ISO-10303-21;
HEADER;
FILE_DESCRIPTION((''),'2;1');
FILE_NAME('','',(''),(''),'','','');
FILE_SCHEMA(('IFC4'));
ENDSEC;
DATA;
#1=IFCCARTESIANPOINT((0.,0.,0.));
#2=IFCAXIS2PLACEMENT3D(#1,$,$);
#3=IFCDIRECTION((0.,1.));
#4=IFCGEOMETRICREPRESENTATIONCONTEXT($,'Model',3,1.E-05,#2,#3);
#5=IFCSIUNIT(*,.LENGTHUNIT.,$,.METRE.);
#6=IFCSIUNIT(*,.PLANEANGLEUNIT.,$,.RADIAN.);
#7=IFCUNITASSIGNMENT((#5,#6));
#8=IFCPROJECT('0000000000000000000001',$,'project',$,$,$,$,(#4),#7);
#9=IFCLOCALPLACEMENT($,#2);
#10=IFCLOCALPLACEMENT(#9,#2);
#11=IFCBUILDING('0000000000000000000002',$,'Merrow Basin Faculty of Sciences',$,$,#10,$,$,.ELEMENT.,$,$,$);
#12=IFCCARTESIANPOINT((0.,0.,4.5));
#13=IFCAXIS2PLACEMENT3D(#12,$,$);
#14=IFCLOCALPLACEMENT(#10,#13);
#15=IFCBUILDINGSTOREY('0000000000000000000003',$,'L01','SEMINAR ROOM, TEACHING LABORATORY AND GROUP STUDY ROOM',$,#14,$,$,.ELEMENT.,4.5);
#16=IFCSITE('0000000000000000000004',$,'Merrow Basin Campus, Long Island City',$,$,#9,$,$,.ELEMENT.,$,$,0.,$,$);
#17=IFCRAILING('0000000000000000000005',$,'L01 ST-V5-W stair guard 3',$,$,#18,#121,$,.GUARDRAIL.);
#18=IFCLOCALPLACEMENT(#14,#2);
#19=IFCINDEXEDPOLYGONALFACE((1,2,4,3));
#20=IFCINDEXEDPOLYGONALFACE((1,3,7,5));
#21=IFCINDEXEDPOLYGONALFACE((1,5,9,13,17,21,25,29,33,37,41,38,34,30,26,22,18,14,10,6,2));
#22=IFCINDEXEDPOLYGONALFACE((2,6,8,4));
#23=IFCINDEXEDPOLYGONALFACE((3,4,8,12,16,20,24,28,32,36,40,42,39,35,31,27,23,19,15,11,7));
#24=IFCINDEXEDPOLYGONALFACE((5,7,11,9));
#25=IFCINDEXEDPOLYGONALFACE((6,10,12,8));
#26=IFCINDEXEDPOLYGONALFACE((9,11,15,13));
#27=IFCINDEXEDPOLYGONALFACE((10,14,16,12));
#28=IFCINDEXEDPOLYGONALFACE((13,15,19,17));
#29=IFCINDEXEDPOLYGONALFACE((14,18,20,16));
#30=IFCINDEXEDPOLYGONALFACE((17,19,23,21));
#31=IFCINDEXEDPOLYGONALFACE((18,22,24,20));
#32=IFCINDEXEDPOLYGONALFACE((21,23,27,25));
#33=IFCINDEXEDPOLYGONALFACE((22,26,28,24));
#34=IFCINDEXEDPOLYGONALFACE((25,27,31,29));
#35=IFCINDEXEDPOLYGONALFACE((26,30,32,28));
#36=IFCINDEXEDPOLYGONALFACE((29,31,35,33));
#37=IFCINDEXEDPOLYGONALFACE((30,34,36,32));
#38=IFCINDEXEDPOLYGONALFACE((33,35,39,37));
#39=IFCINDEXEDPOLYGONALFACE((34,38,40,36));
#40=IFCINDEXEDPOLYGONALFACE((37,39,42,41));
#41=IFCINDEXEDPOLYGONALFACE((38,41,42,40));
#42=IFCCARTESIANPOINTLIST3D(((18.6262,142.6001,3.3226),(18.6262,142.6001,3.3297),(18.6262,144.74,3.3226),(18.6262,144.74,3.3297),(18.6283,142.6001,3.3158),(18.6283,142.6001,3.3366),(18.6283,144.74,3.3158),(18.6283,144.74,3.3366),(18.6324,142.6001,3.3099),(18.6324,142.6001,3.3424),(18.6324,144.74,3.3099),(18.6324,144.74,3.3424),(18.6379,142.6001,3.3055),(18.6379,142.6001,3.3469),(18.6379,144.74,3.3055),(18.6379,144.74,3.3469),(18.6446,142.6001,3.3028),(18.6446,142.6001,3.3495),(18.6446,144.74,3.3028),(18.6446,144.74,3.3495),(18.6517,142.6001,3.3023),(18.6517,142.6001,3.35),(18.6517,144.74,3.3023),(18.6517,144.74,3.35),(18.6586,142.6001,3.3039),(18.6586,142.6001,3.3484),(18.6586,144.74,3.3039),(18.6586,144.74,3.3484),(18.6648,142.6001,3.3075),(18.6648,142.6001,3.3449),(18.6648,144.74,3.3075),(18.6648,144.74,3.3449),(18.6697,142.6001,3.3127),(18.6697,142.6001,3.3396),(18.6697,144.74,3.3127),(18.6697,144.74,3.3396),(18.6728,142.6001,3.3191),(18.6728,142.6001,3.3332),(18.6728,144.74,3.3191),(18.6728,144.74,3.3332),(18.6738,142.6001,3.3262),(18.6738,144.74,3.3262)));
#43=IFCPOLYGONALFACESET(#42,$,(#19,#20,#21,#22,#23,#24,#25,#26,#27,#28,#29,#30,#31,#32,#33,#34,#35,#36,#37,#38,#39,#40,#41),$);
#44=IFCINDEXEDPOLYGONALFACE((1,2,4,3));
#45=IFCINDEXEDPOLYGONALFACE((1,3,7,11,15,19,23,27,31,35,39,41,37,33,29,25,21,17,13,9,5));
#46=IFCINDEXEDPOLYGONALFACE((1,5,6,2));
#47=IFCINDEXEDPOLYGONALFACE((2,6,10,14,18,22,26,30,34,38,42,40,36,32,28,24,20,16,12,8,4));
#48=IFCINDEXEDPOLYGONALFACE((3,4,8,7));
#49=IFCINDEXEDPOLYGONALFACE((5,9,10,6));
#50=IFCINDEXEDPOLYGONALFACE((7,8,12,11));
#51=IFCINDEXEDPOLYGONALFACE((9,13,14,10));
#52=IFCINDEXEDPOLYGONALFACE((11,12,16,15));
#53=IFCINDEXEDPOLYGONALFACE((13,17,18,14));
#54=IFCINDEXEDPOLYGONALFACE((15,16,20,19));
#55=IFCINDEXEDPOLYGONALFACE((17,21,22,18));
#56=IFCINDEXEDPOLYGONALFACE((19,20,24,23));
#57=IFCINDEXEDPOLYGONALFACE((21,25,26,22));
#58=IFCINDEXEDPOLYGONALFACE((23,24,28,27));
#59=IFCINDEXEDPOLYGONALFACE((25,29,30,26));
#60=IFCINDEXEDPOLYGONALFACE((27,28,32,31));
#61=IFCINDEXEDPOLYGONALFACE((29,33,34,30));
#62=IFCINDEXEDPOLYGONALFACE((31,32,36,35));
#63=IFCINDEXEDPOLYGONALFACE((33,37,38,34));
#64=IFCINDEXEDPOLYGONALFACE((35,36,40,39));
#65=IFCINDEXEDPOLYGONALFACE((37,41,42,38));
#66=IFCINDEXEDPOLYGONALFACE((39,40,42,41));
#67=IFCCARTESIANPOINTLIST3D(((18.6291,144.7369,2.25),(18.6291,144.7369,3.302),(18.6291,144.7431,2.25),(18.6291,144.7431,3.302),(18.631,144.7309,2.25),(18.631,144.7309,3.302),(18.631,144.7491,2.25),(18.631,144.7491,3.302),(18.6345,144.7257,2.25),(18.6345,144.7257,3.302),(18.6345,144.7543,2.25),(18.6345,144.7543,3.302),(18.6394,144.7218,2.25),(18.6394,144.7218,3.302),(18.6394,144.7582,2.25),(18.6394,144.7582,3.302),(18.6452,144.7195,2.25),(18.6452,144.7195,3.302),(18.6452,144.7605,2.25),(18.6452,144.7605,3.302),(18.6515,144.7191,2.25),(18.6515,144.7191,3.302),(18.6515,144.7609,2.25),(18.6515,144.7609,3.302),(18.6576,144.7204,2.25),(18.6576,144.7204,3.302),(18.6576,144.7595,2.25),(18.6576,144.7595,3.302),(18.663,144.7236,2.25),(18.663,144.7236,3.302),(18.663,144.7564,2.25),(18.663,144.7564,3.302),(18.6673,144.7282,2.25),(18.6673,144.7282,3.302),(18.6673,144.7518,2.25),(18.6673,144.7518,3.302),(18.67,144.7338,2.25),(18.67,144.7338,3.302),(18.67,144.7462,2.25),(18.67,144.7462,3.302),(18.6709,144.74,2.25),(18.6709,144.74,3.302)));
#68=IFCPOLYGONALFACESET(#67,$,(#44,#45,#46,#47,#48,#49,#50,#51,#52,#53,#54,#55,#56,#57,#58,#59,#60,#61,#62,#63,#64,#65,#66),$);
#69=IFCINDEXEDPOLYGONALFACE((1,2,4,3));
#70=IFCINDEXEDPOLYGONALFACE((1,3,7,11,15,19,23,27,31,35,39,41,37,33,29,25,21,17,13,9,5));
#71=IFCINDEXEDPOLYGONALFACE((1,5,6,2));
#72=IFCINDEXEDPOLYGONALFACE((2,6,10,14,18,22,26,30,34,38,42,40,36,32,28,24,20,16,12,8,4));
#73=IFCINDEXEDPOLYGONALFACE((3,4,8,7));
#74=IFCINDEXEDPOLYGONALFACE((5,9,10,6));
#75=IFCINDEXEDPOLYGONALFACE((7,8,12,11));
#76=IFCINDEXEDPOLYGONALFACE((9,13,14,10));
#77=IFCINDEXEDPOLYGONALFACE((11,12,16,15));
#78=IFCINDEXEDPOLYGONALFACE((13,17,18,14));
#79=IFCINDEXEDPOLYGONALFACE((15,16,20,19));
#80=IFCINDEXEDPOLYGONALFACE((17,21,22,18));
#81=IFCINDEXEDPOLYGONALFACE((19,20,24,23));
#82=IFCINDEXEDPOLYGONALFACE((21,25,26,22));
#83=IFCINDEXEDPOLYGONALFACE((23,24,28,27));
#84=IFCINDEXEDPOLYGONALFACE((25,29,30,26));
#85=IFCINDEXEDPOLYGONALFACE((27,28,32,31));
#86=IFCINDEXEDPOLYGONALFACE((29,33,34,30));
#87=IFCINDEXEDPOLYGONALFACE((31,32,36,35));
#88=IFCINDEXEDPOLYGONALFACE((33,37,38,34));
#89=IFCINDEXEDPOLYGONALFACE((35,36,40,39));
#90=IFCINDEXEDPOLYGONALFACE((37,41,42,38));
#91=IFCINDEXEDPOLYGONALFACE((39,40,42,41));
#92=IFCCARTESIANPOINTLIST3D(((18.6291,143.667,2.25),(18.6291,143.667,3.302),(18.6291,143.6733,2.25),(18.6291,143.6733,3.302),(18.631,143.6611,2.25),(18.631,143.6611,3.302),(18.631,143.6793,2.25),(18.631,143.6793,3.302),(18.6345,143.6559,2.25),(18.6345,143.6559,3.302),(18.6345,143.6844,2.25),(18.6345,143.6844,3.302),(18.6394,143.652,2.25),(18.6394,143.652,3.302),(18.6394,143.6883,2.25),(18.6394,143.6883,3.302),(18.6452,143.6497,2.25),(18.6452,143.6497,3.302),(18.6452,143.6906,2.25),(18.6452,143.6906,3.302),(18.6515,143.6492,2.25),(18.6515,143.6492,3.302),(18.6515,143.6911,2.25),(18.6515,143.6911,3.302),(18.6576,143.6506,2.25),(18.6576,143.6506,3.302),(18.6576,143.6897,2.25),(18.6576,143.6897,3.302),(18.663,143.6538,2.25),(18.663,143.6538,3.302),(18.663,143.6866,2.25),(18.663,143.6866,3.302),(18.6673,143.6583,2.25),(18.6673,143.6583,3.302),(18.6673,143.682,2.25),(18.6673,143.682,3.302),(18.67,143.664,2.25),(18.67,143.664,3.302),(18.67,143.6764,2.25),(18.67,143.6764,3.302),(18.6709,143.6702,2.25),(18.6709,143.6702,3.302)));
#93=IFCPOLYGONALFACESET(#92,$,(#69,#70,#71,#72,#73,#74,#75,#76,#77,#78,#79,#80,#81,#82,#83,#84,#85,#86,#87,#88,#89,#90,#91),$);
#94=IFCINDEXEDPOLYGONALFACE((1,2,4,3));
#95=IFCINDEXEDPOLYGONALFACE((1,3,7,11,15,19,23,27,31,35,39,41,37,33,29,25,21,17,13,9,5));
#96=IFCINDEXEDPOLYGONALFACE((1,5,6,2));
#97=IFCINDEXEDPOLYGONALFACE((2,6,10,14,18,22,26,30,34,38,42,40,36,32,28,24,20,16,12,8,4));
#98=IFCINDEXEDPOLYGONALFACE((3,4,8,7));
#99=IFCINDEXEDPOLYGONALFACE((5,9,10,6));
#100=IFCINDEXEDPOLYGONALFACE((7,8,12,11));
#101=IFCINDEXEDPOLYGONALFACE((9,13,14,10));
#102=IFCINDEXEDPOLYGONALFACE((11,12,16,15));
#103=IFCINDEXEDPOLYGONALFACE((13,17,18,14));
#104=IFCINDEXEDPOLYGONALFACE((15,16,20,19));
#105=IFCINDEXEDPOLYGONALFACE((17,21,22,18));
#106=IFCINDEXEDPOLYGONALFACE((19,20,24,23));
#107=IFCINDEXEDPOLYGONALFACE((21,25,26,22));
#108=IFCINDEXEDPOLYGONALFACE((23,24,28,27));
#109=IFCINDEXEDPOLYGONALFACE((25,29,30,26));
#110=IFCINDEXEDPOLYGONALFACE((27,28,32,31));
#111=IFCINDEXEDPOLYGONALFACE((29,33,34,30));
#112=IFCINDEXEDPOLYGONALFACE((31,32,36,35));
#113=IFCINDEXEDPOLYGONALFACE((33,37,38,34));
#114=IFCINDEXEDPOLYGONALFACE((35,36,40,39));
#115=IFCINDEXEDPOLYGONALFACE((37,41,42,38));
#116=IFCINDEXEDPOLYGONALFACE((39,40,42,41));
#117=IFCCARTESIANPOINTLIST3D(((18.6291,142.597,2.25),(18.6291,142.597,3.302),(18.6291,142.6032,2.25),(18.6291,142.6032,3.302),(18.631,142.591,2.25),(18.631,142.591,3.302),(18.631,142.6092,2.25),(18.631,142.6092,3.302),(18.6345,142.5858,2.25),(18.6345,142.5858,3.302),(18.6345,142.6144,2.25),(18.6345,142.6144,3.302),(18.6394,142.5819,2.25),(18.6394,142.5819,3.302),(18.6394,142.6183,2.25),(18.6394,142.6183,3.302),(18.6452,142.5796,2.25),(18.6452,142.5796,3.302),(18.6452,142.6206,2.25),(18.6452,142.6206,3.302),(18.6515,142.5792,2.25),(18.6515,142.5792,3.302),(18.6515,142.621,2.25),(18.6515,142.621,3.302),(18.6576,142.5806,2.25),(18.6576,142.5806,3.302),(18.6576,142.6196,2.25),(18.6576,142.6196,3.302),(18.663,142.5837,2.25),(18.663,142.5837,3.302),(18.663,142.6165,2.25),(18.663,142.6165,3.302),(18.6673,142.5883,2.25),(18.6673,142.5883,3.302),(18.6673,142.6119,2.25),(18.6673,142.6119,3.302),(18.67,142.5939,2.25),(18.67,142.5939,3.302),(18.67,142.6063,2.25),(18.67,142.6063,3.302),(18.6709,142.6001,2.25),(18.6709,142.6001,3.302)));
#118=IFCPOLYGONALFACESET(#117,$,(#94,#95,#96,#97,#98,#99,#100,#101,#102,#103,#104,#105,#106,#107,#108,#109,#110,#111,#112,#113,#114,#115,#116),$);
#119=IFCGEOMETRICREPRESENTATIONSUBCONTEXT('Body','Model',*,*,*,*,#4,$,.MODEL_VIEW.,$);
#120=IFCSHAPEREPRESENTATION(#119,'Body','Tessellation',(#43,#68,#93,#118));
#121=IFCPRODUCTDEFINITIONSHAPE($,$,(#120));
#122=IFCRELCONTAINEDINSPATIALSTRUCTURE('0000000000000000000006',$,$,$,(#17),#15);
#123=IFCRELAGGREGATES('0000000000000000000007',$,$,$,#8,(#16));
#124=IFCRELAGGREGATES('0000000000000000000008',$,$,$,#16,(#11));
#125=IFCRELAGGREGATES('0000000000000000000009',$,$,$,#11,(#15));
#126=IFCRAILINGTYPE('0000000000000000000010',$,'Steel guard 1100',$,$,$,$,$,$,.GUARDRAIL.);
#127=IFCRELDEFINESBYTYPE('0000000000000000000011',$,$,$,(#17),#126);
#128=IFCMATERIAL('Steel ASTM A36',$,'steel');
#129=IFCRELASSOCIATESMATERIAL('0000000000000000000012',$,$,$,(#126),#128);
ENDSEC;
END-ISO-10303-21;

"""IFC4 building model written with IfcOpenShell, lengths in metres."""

from ifc_helpers import new_model, si_unit, direction, frame, origin, origin_2d, place, context, subcontext, project, spatial, circle, extrude, material, type_object, element, save


model = new_model("IFC4")

# Units and contexts
model_context = context("Model", 3, precision=1e-05, world=origin(), true_north=direction((0.0, 1.0)))
body_context = subcontext(model_context, "Body", "Model", "MODEL_VIEW")
ifc_project = project(units=[si_unit("LENGTHUNIT", "METRE"), si_unit("PLANEANGLEUNIT", "RADIAN")], contexts=[model_context])

# Site, building, storey
site_placement = place(None, origin())
site = spatial("IfcSite", under=ifc_project, at=site_placement, Name="Merrow Basin Campus, Long Island City", CompositionType="ELEMENT", RefElevation=0.0)
building_placement = place(site_placement, origin())
building = spatial("IfcBuilding", under=site, at=building_placement, Name="Merrow Basin Faculty of Sciences", CompositionType="ELEMENT")
storey_placement = place(building_placement, frame((0.0, 0.0, 4.5)))
storey = spatial("IfcBuildingStorey", under=building, at=storey_placement, Name="L01", Description="SEMINAR ROOM, TEACHING LABORATORY AND GROUP STUDY ROOM", CompositionType="ELEMENT", Elevation=4.5)

# Railing
ifc_material_1 = material(Name="Steel ASTM A36", Category="steel")
railing_type_1 = type_object("IfcRailingType", Name="Steel guard 1100", PredefinedType="GUARDRAIL", material=ifc_material_1)
railing_1_placement = place(storey_placement, frame((18.6499, 144.74, 2.25)))
element("IfcRailing", 1, at=railing_1_placement, inside=storey, type_object=railing_type_1, Name="L01 ST-V5-W stair guard 3", PredefinedType="GUARDRAIL", context=body_context, shape_type="SweptSolid", body=[
    extrude(circle(Radius=0.0239, at=origin_2d()), frame((0.0, 0.0, 1.0762), z_axis=(0.0, -1.0, 0.0), x_axis=(1.0, 0.0, 0.0)), (0.0, 0.0, 1.0), 2.1399),
    extrude(circle(Radius=0.021, at=origin_2d()), origin(), (0.0, 0.0, 1.0), 1.052),
    extrude(circle(Radius=0.021, at=origin_2d()), frame((0.0, -1.0698, 0.0)), (0.0, 0.0, 1.0), 1.052),
    extrude(circle(Radius=0.021, at=origin_2d()), frame((0.0, -2.1399, 0.0)), (0.0, 0.0, 1.0), 1.052),
])

save(model, "model.ifc")
